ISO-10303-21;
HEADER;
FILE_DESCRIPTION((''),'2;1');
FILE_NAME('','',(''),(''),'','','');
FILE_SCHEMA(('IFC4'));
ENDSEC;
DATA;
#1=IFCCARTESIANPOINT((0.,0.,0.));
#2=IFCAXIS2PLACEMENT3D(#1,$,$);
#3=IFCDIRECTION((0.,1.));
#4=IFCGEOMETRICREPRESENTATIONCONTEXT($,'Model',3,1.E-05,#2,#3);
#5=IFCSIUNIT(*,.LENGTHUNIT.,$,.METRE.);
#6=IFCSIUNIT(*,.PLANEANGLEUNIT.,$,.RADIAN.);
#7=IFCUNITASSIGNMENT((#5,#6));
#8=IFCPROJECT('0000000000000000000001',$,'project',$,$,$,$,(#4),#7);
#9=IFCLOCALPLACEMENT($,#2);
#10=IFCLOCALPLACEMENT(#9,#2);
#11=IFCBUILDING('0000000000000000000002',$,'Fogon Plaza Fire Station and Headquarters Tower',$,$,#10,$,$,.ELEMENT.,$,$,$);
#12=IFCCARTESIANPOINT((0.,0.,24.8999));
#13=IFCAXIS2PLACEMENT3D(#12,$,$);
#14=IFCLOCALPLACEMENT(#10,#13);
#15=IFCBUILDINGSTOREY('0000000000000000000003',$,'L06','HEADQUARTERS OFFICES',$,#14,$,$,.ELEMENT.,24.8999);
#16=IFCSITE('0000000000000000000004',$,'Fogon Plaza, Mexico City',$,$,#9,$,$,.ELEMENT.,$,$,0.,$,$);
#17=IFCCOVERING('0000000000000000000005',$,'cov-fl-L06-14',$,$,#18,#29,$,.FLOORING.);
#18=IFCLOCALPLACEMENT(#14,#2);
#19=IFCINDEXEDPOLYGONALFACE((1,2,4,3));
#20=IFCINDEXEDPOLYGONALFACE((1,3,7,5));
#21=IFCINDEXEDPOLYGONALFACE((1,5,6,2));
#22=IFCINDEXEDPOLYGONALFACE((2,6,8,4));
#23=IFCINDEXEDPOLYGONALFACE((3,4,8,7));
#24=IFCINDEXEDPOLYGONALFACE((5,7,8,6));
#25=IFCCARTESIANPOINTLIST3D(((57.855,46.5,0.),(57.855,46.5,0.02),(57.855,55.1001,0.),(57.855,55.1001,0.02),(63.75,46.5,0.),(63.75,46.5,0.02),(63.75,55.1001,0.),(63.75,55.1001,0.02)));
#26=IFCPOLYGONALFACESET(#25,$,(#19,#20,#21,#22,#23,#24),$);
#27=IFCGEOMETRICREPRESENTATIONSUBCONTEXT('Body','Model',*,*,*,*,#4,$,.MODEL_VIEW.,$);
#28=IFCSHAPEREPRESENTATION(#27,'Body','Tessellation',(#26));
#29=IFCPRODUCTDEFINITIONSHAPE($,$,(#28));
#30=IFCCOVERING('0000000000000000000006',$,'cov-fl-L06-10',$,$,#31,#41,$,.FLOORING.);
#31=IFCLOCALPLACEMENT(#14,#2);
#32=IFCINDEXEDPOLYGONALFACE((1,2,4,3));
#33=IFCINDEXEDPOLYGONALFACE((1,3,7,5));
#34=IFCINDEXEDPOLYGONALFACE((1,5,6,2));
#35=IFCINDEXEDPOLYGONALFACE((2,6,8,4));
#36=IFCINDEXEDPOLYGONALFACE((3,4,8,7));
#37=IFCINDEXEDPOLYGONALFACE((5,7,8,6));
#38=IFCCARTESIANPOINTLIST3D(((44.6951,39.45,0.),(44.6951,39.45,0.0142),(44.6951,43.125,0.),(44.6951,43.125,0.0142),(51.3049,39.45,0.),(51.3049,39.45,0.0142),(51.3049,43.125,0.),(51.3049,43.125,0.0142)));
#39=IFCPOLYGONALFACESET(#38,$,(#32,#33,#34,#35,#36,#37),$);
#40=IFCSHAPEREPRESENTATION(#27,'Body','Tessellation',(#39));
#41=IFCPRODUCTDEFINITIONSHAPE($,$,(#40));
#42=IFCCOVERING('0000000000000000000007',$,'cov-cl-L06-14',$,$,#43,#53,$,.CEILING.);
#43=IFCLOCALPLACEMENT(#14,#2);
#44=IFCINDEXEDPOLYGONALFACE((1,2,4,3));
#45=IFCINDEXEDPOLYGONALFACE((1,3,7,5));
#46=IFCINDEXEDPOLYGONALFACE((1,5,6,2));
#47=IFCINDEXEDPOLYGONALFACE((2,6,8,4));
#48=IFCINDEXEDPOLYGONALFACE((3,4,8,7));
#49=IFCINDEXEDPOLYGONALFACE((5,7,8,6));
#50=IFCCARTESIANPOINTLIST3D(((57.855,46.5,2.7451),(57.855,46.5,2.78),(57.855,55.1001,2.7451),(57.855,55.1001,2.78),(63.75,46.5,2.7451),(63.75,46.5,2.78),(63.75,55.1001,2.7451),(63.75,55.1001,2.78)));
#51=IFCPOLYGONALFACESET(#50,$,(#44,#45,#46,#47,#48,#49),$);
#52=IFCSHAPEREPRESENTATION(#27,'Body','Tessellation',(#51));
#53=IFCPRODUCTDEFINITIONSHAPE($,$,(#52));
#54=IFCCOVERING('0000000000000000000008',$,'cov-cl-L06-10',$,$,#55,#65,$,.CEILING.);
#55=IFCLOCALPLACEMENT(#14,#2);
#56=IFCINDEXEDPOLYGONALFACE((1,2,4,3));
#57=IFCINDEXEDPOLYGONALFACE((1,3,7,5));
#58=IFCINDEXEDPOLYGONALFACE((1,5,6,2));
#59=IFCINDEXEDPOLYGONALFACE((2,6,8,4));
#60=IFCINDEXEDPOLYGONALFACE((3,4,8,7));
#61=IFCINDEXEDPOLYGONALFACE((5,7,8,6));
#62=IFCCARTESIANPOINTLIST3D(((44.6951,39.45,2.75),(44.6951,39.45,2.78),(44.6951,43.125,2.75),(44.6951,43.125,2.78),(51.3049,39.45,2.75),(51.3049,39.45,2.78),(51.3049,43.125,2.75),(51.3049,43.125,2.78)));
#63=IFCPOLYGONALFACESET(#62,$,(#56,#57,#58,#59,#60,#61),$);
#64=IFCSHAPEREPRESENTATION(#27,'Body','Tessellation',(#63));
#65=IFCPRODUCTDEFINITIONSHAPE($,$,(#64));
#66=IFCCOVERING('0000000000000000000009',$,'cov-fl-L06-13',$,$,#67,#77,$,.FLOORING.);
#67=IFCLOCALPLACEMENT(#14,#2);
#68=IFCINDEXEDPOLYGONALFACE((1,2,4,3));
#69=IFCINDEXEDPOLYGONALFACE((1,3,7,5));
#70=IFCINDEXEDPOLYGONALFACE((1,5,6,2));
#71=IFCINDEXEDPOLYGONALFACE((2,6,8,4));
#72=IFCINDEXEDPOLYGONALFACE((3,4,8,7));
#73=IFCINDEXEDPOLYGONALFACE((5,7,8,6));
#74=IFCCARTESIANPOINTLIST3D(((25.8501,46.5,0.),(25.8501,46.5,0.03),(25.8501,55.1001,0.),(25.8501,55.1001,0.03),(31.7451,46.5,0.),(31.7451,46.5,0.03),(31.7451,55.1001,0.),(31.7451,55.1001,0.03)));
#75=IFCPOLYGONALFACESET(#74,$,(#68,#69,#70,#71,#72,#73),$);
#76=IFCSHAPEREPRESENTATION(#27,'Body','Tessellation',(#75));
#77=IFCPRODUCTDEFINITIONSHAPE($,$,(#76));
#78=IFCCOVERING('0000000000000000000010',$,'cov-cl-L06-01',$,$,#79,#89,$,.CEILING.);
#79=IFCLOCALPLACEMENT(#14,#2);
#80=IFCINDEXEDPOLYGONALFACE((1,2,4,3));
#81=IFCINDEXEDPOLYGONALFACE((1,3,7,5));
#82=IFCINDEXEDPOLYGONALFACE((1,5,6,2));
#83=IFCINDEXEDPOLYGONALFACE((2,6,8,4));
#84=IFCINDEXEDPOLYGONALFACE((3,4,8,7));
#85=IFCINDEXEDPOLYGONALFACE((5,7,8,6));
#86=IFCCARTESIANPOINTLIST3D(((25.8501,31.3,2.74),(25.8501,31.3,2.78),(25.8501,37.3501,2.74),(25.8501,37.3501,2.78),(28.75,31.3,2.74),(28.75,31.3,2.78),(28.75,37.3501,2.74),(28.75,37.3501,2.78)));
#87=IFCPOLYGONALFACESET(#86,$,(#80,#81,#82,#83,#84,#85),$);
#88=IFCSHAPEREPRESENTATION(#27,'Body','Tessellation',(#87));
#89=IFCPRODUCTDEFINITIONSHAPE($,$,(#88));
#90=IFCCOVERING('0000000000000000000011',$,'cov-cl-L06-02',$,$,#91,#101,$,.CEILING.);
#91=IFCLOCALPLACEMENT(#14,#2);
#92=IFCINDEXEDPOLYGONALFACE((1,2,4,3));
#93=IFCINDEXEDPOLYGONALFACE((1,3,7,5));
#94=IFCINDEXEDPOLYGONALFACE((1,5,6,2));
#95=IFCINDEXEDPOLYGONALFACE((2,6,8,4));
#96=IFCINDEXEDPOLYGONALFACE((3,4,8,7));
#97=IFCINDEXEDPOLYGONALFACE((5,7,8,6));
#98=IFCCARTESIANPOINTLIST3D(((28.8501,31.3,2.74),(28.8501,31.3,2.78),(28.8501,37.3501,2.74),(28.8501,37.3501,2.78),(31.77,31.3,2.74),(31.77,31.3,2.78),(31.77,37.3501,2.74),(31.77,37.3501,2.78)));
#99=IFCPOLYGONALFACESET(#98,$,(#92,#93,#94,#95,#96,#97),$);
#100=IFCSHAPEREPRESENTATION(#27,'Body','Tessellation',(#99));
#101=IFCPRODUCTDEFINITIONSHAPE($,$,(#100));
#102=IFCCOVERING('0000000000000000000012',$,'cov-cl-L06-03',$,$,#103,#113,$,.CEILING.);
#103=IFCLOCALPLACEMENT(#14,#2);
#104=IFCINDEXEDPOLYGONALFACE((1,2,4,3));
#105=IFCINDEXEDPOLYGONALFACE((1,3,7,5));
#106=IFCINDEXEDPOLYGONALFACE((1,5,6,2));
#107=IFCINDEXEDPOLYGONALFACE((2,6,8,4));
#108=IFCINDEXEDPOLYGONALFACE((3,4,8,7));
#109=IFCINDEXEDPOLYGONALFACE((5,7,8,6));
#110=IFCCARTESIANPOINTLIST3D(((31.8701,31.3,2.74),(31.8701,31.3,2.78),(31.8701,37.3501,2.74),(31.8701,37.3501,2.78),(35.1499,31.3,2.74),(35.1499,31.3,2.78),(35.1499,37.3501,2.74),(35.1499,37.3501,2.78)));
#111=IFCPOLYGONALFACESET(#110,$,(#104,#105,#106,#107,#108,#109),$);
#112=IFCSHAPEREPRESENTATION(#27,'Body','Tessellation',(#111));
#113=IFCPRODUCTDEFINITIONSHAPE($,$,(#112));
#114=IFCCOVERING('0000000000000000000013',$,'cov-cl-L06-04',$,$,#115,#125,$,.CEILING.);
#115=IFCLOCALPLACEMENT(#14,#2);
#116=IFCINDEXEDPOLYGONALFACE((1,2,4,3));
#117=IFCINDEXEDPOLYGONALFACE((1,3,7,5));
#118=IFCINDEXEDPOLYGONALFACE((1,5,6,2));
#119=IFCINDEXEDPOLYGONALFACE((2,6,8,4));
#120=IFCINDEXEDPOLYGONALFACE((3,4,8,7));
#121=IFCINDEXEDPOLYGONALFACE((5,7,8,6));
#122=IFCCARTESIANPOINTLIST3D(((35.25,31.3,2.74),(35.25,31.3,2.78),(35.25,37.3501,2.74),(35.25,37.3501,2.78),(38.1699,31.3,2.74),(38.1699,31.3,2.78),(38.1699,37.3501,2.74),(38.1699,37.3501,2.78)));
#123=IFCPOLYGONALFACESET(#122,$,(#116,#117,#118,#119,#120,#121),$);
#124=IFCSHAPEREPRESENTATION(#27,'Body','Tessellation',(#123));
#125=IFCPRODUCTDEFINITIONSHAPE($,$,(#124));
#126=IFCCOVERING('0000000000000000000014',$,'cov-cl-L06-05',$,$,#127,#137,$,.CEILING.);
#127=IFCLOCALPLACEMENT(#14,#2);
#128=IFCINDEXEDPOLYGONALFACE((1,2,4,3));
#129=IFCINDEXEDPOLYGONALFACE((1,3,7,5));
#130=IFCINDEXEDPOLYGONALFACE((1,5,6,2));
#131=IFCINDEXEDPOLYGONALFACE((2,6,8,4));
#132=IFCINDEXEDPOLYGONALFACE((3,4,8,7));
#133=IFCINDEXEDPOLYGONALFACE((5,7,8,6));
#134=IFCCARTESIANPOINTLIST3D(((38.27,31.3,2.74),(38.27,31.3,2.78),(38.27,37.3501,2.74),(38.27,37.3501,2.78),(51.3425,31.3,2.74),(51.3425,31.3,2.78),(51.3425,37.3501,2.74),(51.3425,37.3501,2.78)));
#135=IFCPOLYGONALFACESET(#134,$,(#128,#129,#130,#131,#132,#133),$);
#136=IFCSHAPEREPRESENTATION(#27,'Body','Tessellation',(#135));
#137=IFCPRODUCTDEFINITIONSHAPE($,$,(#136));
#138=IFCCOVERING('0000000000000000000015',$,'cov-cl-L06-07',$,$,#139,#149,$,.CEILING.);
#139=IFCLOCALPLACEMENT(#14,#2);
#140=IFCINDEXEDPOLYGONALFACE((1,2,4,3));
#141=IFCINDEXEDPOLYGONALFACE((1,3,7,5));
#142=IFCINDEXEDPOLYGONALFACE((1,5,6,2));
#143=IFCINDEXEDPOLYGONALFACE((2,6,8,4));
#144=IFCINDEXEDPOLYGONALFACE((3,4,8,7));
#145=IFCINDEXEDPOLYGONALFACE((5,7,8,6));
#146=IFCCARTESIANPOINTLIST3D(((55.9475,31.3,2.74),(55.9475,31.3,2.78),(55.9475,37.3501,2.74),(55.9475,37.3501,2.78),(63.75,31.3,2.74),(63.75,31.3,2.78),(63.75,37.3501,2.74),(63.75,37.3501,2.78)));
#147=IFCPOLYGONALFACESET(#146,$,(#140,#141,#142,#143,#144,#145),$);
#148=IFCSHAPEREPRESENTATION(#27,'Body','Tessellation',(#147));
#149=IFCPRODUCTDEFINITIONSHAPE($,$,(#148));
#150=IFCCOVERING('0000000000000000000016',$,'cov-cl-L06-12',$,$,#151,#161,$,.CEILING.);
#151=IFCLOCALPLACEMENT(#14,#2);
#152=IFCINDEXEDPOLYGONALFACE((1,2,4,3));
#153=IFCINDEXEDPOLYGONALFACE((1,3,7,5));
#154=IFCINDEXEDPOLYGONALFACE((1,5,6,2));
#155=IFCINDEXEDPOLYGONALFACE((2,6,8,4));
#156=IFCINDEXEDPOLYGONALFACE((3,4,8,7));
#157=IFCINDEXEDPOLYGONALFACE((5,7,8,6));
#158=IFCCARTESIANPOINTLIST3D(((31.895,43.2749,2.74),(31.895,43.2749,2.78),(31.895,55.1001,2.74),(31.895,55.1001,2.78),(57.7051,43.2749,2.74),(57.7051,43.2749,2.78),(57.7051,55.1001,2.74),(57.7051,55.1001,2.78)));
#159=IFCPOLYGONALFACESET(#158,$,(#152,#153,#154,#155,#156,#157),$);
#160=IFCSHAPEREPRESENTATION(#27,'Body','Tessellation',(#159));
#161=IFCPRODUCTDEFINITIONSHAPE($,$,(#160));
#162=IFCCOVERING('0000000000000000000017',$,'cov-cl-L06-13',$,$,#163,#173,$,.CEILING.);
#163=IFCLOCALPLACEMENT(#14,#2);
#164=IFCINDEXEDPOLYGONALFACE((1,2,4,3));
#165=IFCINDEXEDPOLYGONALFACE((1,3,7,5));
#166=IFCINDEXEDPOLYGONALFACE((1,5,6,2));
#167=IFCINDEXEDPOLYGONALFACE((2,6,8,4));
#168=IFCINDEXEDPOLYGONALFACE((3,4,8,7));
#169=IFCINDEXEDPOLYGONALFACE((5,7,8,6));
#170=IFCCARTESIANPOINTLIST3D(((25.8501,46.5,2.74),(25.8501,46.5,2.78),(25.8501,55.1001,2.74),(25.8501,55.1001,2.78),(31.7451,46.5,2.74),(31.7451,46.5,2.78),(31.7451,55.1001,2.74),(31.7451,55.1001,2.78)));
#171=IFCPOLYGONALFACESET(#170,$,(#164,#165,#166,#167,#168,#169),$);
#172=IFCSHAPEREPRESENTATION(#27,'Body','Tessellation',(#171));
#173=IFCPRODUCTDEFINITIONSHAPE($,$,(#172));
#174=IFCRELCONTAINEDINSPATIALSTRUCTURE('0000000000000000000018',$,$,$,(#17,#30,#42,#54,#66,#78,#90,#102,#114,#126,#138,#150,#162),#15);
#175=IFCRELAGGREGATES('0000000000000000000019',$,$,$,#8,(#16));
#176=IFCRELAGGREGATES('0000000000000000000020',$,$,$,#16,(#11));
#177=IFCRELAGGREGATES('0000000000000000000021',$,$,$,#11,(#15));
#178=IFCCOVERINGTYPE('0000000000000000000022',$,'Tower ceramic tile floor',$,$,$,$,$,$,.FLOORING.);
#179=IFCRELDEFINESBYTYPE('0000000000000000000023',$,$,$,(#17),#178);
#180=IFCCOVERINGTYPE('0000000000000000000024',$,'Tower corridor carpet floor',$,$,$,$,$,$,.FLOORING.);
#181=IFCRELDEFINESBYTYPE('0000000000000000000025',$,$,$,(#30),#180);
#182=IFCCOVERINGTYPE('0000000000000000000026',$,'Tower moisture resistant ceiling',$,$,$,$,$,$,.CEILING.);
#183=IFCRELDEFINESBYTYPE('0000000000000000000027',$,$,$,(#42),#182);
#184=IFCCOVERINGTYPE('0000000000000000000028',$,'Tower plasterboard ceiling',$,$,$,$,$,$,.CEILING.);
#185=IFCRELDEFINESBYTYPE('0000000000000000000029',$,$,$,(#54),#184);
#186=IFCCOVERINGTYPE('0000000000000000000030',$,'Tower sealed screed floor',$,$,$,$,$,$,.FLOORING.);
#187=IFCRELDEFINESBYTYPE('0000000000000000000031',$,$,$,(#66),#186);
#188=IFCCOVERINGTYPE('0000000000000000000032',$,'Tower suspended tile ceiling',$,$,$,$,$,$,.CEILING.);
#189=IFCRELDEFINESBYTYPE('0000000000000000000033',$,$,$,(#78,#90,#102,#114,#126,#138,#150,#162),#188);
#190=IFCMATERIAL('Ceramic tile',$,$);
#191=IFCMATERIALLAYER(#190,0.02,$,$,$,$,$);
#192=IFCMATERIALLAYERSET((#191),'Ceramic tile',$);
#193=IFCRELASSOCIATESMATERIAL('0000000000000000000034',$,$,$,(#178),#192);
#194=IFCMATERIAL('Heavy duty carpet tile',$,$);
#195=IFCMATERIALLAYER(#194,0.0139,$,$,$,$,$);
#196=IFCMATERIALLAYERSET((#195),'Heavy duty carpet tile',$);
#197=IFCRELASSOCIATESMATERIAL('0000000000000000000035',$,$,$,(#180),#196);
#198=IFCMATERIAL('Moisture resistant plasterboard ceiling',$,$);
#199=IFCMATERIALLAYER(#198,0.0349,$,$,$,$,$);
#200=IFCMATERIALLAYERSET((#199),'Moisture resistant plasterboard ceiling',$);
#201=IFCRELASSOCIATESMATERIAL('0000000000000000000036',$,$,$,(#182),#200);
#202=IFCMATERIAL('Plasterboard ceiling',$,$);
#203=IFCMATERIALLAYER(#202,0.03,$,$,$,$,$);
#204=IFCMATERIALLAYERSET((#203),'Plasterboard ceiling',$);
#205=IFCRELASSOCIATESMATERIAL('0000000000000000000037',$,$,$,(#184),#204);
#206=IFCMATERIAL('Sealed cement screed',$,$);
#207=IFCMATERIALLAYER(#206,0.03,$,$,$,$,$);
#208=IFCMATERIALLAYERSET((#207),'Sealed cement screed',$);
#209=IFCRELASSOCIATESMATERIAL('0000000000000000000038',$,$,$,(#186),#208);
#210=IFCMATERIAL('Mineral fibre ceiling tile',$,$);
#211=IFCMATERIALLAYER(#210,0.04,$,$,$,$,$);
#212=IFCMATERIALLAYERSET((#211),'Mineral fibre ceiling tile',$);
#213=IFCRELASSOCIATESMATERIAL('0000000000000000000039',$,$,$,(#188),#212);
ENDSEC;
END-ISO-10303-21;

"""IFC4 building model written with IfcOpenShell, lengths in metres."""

from ifc_helpers import new_model, si_unit, direction, frame, origin, place, context, subcontext, project, spatial, polyline, outline, extrude, material, layer, layer_set, type_object, element, save


model = new_model("IFC4")

# Units and contexts
model_context = context("Model", 3, precision=1e-05, world=origin(), true_north=direction((0.0, 1.0)))
body_context = subcontext(model_context, "Body", "Model", "MODEL_VIEW")
ifc_project = project(units=[si_unit("LENGTHUNIT", "METRE"), si_unit("PLANEANGLEUNIT", "RADIAN")], contexts=[model_context])

# Site, building, storey
site_placement = place(None, origin())
site = spatial("IfcSite", under=ifc_project, at=site_placement, Name="Fogon Plaza, Mexico City", CompositionType="ELEMENT", RefElevation=0.0)
building_placement = place(site_placement, origin())
building = spatial("IfcBuilding", under=site, at=building_placement, Name="Fogon Plaza Fire Station and Headquarters Tower", CompositionType="ELEMENT")
storey_placement = place(building_placement, frame((0.0, 0.0, 24.8999)))
storey = spatial("IfcBuildingStorey", under=building, at=storey_placement, Name="L06", Description="HEADQUARTERS OFFICES", CompositionType="ELEMENT", Elevation=24.8999)

# Coverings
ifc_material_1 = material(Name="Ceramic tile")
ifc_layer_1 = layer(ifc_material_1, 0.02)
ifc_layer_set_1 = layer_set([ifc_layer_1], Name="Ceramic tile")
covering_type_1 = type_object("IfcCoveringType", Name="Tower ceramic tile floor", PredefinedType="FLOORING", material=ifc_layer_set_1)
covering_1_placement = place(storey_placement, origin())
element("IfcCovering", 1, at=covering_1_placement, inside=storey, type_object=covering_type_1, Name="cov-fl-L06-14", PredefinedType="FLOORING", context=body_context, shape_type="SweptSolid", body=[
    extrude(outline(polyline([(63.75, 46.5), (63.75, 55.1001), (57.855, 55.1001), (57.855, 46.5), (63.75, 46.5)])), origin(), (0.0, 0.0, 1.0), 0.02),
])
ifc_material_2 = material(Name="Heavy duty carpet tile")
ifc_layer_2 = layer(ifc_material_2, 0.0139)
ifc_layer_set_2 = layer_set([ifc_layer_2], Name="Heavy duty carpet tile")
covering_type_2 = type_object("IfcCoveringType", Name="Tower corridor carpet floor", PredefinedType="FLOORING", material=ifc_layer_set_2)
covering_2_placement = place(storey_placement, origin())
element("IfcCovering", 2, at=covering_2_placement, inside=storey, type_object=covering_type_2, Name="cov-fl-L06-10", PredefinedType="FLOORING", context=body_context, shape_type="SweptSolid", body=[
    extrude(outline(polyline([(51.3049, 39.45), (51.3049, 43.125), (44.6951, 43.125), (44.6951, 39.45), (51.3049, 39.45)])), origin(), (0.0, 0.0, 1.0), 0.0142),
])
ifc_material_3 = material(Name="Moisture resistant plasterboard ceiling")
ifc_layer_3 = layer(ifc_material_3, 0.0349)
ifc_layer_set_3 = layer_set([ifc_layer_3], Name="Moisture resistant plasterboard ceiling")
covering_type_3 = type_object("IfcCoveringType", Name="Tower moisture resistant ceiling", PredefinedType="CEILING", material=ifc_layer_set_3)
covering_3_placement = place(storey_placement, frame((0.0, 0.0, 2.7451)))
element("IfcCovering", 3, at=covering_3_placement, inside=storey, type_object=covering_type_3, Name="cov-cl-L06-14", PredefinedType="CEILING", context=body_context, shape_type="SweptSolid", body=[
    extrude(outline(polyline([(63.75, 46.5), (63.75, 55.1001), (57.855, 55.1001), (57.855, 46.5), (63.75, 46.5)])), origin(), (0.0, 0.0, 1.0), 0.0349),
])
ifc_material_4 = material(Name="Plasterboard ceiling")
ifc_layer_4 = layer(ifc_material_4, 0.03)
ifc_layer_set_4 = layer_set([ifc_layer_4], Name="Plasterboard ceiling")
covering_type_4 = type_object("IfcCoveringType", Name="Tower plasterboard ceiling", PredefinedType="CEILING", material=ifc_layer_set_4)
covering_4_placement = place(storey_placement, frame((0.0, 0.0, 2.75)))
element("IfcCovering", 4, at=covering_4_placement, inside=storey, type_object=covering_type_4, Name="cov-cl-L06-10", PredefinedType="CEILING", context=body_context, shape_type="SweptSolid", body=[
    extrude(outline(polyline([(51.3049, 39.45), (51.3049, 43.125), (44.6951, 43.125), (44.6951, 39.45), (51.3049, 39.45)])), origin(), (0.0, 0.0, 1.0), 0.03),
])
ifc_material_5 = material(Name="Sealed cement screed")
ifc_layer_5 = layer(ifc_material_5, 0.03)
ifc_layer_set_5 = layer_set([ifc_layer_5], Name="Sealed cement screed")
covering_type_5 = type_object("IfcCoveringType", Name="Tower sealed screed floor", PredefinedType="FLOORING", material=ifc_layer_set_5)
covering_5_placement = place(storey_placement, origin())
element("IfcCovering", 5, at=covering_5_placement, inside=storey, type_object=covering_type_5, Name="cov-fl-L06-13", PredefinedType="FLOORING", context=body_context, shape_type="SweptSolid", body=[
    extrude(outline(polyline([(31.7451, 46.5), (31.7451, 55.1001), (25.8501, 55.1001), (25.8501, 46.5), (31.7451, 46.5)])), origin(), (0.0, 0.0, 1.0), 0.03),
])
ifc_material_6 = material(Name="Mineral fibre ceiling tile")
ifc_layer_6 = layer(ifc_material_6, 0.04)
ifc_layer_set_6 = layer_set([ifc_layer_6], Name="Mineral fibre ceiling tile")
covering_type_6 = type_object("IfcCoveringType", Name="Tower suspended tile ceiling", PredefinedType="CEILING", material=ifc_layer_set_6)
covering_6_placement = place(storey_placement, frame((0.0, 0.0, 2.74)))
element("IfcCovering", 6, at=covering_6_placement, inside=storey, type_object=covering_type_6, Name="cov-cl-L06-01", PredefinedType="CEILING", context=body_context, shape_type="SweptSolid", body=[
    extrude(outline(polyline([(28.75, 31.3), (28.75, 37.3501), (25.8501, 37.3501), (25.8501, 31.3), (28.75, 31.3)])), origin(), (0.0, 0.0, 1.0), 0.04),
])
covering_7_placement = place(storey_placement, frame((0.0, 0.0, 2.74)))
element("IfcCovering", 7, at=covering_7_placement, inside=storey, type_object=covering_type_6, Name="cov-cl-L06-02", PredefinedType="CEILING", context=body_context, shape_type="SweptSolid", body=[
    extrude(outline(polyline([(31.77, 31.3), (31.77, 37.3501), (28.8501, 37.3501), (28.8501, 31.3), (31.77, 31.3)])), origin(), (0.0, 0.0, 1.0), 0.04),
])
covering_8_placement = place(storey_placement, frame((0.0, 0.0, 2.74)))
element("IfcCovering", 8, at=covering_8_placement, inside=storey, type_object=covering_type_6, Name="cov-cl-L06-03", PredefinedType="CEILING", context=body_context, shape_type="SweptSolid", body=[
    extrude(outline(polyline([(35.1499, 31.3), (35.1499, 37.3501), (31.8701, 37.3501), (31.8701, 31.3), (35.1499, 31.3)])), origin(), (0.0, 0.0, 1.0), 0.04),
])
covering_9_placement = place(storey_placement, frame((0.0, 0.0, 2.74)))
element("IfcCovering", 9, at=covering_9_placement, inside=storey, type_object=covering_type_6, Name="cov-cl-L06-04", PredefinedType="CEILING", context=body_context, shape_type="SweptSolid", body=[
    extrude(outline(polyline([(38.1699, 31.3), (38.1699, 37.3501), (35.25, 37.3501), (35.25, 31.3), (38.1699, 31.3)])), origin(), (0.0, 0.0, 1.0), 0.04),
])
covering_10_placement = place(storey_placement, frame((0.0, 0.0, 2.74)))
element("IfcCovering", 10, at=covering_10_placement, inside=storey, type_object=covering_type_6, Name="cov-cl-L06-05", PredefinedType="CEILING", context=body_context, shape_type="SweptSolid", body=[
    extrude(outline(polyline([(51.3425, 31.3), (51.3425, 37.3501), (38.27, 37.3501), (38.27, 31.3), (51.3425, 31.3)])), origin(), (0.0, 0.0, 1.0), 0.04),
])
covering_11_placement = place(storey_placement, frame((0.0, 0.0, 2.74)))
element("IfcCovering", 11, at=covering_11_placement, inside=storey, type_object=covering_type_6, Name="cov-cl-L06-07", PredefinedType="CEILING", context=body_context, shape_type="SweptSolid", body=[
    extrude(outline(polyline([(63.75, 31.3), (63.75, 37.3501), (55.9475, 37.3501), (55.9475, 31.3), (63.75, 31.3)])), origin(), (0.0, 0.0, 1.0), 0.04),
])
covering_12_placement = place(storey_placement, frame((0.0, 0.0, 2.74)))
element("IfcCovering", 12, at=covering_12_placement, inside=storey, type_object=covering_type_6, Name="cov-cl-L06-12", PredefinedType="CEILING", context=body_context, shape_type="SweptSolid", body=[
    extrude(outline(polyline([(57.7051, 43.2749), (57.7051, 55.1001), (31.895, 55.1001), (31.895, 43.2749), (57.7051, 43.2749)])), origin(), (0.0, 0.0, 1.0), 0.04),
])
covering_13_placement = place(storey_placement, frame((0.0, 0.0, 2.74)))
element("IfcCovering", 13, at=covering_13_placement, inside=storey, type_object=covering_type_6, Name="cov-cl-L06-13", PredefinedType="CEILING", context=body_context, shape_type="SweptSolid", body=[
    extrude(outline(polyline([(31.7451, 46.5), (31.7451, 55.1001), (25.8501, 55.1001), (25.8501, 46.5), (31.7451, 46.5)])), origin(), (0.0, 0.0, 1.0), 0.04),
])

save(model, "model.ifc")
